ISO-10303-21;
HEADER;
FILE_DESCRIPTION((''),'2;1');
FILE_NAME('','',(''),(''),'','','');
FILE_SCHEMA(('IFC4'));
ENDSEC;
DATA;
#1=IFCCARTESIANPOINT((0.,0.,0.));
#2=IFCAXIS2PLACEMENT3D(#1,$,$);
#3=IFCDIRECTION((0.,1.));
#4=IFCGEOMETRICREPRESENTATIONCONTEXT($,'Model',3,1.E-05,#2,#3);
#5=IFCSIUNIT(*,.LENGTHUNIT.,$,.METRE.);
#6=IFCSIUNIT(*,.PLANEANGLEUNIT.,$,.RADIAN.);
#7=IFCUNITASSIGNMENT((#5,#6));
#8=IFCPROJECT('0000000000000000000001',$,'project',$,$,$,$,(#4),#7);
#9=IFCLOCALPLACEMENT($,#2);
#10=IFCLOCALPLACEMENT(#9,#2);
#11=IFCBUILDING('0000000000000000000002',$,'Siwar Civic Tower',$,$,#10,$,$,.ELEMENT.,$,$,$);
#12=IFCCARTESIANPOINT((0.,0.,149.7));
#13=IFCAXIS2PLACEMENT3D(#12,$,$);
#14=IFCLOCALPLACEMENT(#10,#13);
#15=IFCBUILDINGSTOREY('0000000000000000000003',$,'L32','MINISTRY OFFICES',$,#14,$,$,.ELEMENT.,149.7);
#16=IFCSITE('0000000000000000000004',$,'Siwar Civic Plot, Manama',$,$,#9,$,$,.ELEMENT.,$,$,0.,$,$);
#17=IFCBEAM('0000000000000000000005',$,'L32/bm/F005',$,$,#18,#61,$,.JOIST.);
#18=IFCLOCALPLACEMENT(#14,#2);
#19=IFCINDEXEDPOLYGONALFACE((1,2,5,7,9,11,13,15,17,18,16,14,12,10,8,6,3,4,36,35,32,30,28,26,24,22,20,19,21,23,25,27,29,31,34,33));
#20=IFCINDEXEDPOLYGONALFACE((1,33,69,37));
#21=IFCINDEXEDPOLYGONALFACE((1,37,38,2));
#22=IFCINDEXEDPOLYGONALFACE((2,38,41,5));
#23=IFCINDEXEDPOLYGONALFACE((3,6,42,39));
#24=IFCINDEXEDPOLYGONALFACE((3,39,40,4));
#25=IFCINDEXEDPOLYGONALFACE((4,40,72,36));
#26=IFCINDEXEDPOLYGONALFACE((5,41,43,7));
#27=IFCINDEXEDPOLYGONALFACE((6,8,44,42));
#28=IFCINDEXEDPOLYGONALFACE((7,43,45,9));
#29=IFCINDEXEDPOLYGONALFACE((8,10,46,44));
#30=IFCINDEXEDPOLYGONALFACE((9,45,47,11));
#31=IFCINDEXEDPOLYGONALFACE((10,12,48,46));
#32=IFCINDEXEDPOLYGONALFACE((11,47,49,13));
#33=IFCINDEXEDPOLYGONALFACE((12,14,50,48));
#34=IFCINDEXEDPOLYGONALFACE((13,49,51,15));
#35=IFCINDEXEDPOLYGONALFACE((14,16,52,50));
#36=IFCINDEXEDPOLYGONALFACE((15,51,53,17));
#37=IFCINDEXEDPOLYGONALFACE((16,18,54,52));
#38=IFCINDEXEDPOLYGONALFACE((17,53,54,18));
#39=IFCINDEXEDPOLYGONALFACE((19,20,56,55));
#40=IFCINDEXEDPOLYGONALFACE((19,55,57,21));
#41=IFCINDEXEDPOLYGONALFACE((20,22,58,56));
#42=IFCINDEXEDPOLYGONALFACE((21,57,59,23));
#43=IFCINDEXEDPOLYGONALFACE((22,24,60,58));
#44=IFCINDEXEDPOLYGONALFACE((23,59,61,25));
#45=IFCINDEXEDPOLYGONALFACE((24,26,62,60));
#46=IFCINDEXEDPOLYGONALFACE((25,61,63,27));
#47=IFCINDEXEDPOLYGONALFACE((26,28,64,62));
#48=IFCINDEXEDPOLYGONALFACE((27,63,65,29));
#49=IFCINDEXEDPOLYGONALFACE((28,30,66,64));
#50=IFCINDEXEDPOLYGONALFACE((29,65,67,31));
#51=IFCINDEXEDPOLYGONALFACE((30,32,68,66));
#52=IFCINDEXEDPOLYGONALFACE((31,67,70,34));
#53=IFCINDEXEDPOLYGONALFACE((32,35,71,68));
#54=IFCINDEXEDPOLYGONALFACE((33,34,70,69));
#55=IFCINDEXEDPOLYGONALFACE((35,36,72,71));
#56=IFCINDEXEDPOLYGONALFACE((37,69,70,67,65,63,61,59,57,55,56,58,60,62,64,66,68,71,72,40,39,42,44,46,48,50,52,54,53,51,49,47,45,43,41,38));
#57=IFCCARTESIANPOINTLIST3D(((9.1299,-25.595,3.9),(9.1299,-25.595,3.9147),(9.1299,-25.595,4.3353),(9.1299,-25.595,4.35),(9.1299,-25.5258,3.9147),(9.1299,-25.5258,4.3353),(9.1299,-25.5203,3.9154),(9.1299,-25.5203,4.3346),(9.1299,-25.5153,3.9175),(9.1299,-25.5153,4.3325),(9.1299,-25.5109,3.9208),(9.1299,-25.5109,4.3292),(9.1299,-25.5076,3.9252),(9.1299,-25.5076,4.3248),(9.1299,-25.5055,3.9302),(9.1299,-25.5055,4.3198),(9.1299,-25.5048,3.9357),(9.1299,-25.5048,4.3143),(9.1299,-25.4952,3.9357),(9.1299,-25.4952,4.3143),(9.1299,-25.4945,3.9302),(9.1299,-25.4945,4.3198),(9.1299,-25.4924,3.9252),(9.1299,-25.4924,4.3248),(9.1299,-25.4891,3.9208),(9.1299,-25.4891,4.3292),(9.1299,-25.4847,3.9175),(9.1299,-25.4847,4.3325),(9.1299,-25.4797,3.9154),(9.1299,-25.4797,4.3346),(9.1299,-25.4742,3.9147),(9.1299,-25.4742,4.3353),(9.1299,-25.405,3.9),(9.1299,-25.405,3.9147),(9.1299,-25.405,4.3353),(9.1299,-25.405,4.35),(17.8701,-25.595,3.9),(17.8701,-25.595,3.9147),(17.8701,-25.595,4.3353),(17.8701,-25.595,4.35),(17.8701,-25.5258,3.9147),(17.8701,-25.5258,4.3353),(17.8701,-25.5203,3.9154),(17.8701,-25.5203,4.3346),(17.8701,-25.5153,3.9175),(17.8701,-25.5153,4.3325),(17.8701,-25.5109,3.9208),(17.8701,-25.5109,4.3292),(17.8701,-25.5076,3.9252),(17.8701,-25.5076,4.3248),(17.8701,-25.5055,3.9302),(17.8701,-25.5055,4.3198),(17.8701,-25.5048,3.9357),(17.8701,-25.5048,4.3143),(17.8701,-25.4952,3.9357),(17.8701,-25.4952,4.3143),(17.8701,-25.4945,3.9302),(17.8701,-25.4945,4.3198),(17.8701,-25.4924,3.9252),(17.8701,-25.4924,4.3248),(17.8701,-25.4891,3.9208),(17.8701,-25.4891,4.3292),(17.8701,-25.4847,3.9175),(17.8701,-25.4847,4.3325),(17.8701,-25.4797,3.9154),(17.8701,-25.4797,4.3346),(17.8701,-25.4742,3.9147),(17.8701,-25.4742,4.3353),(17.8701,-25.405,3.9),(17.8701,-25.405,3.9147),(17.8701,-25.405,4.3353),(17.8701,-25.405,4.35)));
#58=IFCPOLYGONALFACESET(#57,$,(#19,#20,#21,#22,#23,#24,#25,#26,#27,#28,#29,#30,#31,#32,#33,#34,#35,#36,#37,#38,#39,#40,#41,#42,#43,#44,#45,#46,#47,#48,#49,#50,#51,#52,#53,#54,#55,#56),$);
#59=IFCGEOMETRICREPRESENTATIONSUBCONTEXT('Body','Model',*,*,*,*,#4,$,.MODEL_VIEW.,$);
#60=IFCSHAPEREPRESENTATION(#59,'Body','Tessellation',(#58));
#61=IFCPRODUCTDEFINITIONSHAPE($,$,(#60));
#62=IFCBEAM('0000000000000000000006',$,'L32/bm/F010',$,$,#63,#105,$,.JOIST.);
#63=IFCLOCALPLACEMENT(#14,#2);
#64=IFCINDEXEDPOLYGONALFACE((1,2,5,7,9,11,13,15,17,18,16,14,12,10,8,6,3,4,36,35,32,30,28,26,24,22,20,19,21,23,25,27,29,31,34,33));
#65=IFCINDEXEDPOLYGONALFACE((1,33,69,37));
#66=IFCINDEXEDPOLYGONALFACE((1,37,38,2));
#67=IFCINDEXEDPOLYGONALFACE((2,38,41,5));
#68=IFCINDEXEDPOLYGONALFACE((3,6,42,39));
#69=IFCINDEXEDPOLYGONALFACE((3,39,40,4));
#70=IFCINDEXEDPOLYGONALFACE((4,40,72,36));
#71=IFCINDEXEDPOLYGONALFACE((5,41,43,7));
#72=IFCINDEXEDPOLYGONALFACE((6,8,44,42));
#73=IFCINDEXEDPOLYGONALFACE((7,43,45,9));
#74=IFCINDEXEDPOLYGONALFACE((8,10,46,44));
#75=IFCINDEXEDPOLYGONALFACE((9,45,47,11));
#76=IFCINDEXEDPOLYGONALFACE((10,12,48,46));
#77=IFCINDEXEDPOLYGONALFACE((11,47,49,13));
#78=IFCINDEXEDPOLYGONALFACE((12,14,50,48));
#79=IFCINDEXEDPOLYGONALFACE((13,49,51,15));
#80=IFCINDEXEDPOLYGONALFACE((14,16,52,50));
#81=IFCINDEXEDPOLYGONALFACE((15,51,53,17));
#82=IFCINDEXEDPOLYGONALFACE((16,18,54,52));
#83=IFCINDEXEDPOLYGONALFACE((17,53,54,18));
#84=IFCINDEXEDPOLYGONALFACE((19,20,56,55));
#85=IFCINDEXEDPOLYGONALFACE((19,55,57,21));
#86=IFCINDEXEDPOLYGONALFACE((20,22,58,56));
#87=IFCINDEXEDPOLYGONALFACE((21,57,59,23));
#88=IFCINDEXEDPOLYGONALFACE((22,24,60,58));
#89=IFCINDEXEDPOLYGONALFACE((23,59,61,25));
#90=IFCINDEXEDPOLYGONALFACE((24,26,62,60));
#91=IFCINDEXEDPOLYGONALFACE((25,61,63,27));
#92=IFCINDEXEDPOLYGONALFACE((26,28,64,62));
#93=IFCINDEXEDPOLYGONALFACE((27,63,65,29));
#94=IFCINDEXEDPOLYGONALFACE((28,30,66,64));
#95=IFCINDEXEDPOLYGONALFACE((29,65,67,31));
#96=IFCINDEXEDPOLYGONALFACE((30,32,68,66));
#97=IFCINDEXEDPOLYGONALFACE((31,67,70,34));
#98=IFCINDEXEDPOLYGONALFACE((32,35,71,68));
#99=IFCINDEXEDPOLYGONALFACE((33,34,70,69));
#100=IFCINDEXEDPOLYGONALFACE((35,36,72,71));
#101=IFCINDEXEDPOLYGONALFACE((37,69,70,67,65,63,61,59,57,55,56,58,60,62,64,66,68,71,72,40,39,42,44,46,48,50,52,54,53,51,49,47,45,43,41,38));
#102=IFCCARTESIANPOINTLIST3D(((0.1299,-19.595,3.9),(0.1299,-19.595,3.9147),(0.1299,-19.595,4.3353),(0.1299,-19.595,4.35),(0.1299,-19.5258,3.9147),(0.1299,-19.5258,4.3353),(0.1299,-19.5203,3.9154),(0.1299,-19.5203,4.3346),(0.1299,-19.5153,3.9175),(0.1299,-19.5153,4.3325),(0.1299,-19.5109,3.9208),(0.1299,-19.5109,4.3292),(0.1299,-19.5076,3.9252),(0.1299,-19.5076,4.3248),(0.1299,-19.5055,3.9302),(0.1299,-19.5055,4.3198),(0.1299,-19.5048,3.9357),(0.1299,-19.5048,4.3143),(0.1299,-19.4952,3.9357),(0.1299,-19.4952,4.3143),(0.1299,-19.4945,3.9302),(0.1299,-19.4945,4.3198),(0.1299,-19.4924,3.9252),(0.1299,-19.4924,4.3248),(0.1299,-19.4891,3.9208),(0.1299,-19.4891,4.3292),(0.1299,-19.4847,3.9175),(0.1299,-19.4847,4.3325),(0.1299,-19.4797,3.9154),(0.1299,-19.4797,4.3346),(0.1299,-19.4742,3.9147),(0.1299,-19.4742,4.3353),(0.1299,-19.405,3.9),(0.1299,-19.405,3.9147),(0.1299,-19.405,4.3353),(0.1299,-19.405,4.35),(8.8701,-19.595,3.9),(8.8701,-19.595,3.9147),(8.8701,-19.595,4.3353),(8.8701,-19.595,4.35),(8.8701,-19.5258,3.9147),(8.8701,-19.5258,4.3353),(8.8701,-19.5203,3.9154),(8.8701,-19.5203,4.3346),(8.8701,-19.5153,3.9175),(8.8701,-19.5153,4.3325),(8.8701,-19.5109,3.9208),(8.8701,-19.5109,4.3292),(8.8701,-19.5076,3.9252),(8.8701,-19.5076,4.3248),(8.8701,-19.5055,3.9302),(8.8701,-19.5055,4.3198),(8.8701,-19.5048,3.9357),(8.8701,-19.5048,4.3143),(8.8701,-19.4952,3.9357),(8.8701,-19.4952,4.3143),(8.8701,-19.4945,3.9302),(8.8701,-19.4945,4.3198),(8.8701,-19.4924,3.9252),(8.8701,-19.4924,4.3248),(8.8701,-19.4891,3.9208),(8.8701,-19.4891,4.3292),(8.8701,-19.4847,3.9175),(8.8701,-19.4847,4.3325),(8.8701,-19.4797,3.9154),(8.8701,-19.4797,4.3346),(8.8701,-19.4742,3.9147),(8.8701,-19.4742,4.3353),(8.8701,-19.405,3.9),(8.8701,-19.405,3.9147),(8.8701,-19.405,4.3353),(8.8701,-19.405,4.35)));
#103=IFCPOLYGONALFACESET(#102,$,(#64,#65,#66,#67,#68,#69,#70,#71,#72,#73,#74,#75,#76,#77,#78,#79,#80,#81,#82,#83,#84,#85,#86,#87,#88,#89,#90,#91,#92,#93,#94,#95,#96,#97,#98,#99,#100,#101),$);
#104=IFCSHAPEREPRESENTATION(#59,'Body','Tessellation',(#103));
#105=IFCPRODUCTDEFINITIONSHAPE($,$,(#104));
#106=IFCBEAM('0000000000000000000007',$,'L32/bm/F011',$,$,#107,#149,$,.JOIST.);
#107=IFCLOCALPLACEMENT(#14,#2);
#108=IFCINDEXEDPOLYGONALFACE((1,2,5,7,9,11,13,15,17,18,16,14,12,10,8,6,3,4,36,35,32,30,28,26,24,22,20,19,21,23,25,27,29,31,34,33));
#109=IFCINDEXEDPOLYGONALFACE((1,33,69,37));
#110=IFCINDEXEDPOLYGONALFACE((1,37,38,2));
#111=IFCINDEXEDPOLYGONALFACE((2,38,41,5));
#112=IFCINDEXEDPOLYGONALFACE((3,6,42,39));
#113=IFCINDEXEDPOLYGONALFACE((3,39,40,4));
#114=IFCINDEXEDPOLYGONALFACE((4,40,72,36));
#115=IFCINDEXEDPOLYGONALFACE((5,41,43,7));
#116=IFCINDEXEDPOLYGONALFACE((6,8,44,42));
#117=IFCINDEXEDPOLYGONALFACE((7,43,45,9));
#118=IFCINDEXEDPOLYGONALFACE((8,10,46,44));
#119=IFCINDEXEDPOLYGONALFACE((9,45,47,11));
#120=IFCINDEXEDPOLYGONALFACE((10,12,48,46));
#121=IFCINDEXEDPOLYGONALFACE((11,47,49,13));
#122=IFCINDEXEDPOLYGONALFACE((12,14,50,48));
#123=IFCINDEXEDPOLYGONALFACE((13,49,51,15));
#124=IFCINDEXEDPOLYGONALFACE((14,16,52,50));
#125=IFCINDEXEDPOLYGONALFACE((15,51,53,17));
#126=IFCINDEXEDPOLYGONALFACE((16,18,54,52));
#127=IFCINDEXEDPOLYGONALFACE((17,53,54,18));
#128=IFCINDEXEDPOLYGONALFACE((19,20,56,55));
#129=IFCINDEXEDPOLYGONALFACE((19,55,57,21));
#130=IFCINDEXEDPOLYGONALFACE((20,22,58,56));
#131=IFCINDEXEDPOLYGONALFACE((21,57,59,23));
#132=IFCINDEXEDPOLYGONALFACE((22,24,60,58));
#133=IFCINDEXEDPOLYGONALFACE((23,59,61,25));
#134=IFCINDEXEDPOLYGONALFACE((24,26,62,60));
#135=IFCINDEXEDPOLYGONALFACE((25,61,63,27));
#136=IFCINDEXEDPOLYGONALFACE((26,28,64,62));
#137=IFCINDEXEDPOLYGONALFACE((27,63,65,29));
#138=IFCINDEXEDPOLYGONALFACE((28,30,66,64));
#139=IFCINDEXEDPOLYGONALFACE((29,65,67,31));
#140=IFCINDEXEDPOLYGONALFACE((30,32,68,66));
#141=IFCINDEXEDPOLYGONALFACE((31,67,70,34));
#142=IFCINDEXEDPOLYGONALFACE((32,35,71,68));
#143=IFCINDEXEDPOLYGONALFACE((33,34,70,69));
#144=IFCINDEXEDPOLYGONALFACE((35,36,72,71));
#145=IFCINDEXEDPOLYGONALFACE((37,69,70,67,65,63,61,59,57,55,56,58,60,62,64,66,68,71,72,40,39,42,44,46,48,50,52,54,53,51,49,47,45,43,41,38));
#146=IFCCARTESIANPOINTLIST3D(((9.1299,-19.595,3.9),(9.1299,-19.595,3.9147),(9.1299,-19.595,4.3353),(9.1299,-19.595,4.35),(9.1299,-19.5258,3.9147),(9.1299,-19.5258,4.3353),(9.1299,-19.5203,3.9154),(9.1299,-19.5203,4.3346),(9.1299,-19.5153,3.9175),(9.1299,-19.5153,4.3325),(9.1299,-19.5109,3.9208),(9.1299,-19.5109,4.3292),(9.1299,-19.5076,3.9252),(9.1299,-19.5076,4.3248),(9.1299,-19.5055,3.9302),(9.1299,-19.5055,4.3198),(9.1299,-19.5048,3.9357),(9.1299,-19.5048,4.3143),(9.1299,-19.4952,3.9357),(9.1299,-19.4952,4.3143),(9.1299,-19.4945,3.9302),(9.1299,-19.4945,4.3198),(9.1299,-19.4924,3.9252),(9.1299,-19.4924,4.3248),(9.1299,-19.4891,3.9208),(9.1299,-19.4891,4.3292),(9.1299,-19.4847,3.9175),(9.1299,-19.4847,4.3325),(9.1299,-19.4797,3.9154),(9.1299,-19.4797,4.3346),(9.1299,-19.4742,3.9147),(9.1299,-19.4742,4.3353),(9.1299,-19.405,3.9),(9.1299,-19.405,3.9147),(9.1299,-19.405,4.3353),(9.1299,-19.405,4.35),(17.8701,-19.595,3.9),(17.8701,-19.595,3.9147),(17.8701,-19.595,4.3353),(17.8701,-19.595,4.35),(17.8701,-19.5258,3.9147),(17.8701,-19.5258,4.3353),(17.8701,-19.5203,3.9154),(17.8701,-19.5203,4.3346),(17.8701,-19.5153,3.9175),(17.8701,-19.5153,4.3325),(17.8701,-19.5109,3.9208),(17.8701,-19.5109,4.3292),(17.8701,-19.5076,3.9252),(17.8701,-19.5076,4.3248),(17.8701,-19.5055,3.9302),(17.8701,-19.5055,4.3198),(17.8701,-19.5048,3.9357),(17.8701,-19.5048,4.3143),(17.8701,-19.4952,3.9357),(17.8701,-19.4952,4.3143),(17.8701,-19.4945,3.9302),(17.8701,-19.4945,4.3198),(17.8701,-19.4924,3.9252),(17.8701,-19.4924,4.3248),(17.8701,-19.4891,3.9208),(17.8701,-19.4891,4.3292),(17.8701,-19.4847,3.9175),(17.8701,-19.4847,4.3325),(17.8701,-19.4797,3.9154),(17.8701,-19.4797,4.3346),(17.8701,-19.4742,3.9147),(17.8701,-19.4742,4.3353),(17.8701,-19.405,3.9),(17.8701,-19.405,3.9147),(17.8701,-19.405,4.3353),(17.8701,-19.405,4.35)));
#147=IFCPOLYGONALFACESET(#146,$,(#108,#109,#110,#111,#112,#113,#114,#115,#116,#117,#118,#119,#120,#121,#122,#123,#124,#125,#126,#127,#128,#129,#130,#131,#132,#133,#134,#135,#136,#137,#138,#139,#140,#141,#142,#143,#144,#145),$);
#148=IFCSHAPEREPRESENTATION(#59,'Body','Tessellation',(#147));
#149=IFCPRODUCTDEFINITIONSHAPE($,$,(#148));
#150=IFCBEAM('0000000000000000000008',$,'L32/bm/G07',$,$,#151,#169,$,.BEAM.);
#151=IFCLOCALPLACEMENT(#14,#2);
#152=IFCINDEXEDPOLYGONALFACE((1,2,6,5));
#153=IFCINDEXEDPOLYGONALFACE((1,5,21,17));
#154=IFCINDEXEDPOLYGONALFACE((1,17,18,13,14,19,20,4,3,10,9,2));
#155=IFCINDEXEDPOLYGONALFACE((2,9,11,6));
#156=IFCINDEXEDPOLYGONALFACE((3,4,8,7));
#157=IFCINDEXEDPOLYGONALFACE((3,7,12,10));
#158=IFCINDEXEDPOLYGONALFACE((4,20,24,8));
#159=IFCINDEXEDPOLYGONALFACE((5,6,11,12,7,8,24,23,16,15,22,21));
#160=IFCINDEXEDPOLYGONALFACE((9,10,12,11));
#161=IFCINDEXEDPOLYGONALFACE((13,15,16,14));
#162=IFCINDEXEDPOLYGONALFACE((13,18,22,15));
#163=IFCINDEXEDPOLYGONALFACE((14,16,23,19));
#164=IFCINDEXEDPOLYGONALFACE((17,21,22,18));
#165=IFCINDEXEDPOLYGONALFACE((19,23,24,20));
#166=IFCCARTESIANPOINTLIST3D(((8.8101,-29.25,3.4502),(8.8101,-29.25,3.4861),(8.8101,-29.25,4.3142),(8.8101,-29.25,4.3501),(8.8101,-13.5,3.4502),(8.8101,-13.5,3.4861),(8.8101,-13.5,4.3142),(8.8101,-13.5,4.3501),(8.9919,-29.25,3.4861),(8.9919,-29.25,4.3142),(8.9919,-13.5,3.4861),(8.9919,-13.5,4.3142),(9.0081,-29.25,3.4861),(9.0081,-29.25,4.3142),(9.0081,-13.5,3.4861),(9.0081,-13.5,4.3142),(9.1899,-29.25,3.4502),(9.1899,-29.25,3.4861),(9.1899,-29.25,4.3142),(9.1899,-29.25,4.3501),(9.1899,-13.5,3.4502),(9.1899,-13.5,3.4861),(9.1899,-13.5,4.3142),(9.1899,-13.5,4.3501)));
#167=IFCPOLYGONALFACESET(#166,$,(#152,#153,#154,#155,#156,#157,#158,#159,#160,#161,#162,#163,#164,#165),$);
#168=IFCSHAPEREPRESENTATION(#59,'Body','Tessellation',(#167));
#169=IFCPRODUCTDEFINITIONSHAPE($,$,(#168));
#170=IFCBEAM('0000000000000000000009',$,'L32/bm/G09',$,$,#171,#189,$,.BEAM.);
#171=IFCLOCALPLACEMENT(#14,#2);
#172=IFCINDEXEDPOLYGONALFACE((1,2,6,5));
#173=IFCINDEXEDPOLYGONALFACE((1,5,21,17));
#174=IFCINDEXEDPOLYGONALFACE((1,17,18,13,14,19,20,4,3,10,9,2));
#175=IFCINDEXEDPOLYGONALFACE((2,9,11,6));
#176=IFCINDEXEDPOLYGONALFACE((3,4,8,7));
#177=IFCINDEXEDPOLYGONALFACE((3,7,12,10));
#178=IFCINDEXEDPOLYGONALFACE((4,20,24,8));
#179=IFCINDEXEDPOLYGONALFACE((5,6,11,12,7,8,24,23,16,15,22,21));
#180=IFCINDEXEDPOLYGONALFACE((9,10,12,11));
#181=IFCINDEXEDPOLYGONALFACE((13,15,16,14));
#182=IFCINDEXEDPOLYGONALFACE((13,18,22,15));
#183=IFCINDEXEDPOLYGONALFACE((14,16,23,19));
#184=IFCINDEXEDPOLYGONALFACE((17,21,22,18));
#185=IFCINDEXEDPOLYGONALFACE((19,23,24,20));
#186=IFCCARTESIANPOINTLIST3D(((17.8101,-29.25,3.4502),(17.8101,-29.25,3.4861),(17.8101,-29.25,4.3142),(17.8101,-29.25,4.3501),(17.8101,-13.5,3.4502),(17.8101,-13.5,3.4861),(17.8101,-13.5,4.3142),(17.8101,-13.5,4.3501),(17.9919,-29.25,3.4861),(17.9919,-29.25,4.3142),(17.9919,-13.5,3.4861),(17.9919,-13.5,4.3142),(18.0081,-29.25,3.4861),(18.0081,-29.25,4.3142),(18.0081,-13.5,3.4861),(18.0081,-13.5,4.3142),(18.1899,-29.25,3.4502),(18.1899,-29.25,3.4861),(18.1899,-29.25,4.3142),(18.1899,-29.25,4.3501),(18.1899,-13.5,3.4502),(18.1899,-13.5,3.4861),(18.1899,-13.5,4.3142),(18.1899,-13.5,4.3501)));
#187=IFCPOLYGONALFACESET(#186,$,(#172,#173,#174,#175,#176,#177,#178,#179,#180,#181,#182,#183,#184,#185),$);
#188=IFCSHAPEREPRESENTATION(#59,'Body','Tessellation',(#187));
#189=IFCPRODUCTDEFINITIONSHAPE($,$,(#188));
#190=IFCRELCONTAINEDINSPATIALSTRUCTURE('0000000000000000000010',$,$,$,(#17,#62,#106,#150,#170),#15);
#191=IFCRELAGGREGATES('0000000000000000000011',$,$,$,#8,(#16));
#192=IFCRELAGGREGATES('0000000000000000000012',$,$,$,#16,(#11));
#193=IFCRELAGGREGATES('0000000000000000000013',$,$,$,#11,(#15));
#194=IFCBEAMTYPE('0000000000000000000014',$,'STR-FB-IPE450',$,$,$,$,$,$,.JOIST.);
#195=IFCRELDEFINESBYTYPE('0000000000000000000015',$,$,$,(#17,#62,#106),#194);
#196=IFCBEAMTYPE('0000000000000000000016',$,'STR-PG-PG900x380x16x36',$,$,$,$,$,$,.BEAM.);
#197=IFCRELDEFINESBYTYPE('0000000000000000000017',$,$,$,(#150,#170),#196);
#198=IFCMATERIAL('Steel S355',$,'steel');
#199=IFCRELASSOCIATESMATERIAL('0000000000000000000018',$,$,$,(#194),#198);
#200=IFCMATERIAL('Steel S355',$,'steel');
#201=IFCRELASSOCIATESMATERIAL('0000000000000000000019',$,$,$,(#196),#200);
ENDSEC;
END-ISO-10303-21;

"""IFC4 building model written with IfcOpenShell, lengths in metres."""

from ifc_helpers import new_model, si_unit, direction, frame, origin, origin_2d, place, context, subcontext, project, spatial, i_section, extrude, material, material_profile, profile_set, type_object, element, save


model = new_model("IFC4")

# Units and contexts
model_context = context("Model", 3, precision=1e-05, world=origin(), true_north=direction((0.0, 1.0)))
body_context = subcontext(model_context, "Body", "Model", "MODEL_VIEW")
ifc_project = project(units=[si_unit("LENGTHUNIT", "METRE"), si_unit("PLANEANGLEUNIT", "RADIAN")], contexts=[model_context])

# Site, building, storey
site_placement = place(None, origin())
site = spatial("IfcSite", under=ifc_project, at=site_placement, Name="Siwar Civic Plot, Manama", CompositionType="ELEMENT", RefElevation=0.0)
building_placement = place(site_placement, origin())
building = spatial("IfcBuilding", under=site, at=building_placement, Name="Siwar Civic Tower", CompositionType="ELEMENT")
storey_placement = place(building_placement, frame((0.0, 0.0, 149.7)))
storey = spatial("IfcBuildingStorey", under=building, at=storey_placement, Name="L32", Description="MINISTRY OFFICES", CompositionType="ELEMENT", Elevation=149.7)

# Beams
ifc_material_1 = material(Name="Steel S355", Category="steel")
ifc_material_profile_1 = material_profile(ifc_material_1, i_section(OverallWidth=0.1899, OverallDepth=0.45, WebThickness=0.0095, FlangeThickness=0.0146, FilletRadius=0.021, at=origin_2d()), Name="IPE450")
ifc_profile_set_1 = profile_set([ifc_material_profile_1], Name="Steel S355")
beam_type_1 = type_object("IfcBeamType", Name="STR-FB-IPE450", PredefinedType="JOIST", material=ifc_profile_set_1)
for number, where, z_axis, x_axis, name in (
    (1, (9.1299, -25.5, 4.125), (1.0, 0.0, 0.0), (0.0, 1.0, 0.0), "L32/bm/F005"),
    (2, (0.1299, -19.5, 4.125), (1.0, 0.0, 0.0), (0.0, 1.0, 0.0), "L32/bm/F010"),
    (3, (9.1299, -19.5, 4.125), (1.0, 0.0, 0.0), (0.0, 1.0, 0.0), "L32/bm/F011"),
):
    element("IfcBeam", number, at=place(storey_placement, frame(where, z_axis=z_axis, x_axis=x_axis)), inside=storey, type_object=beam_type_1, Name=name, PredefinedType="JOIST", context=body_context, shape_type="SweptSolid", body=[
        extrude(i_section(OverallWidth=0.1899, OverallDepth=0.45, WebThickness=0.0095, FlangeThickness=0.0146, FilletRadius=0.021, at=origin_2d()), origin(), (0.0, 0.0, 1.0), 8.7402),
    ])
ifc_material_2 = material(Name="Steel S355", Category="steel")
ifc_material_profile_2 = material_profile(ifc_material_2, i_section(OverallWidth=0.3799, OverallDepth=0.8999, WebThickness=0.0161, FlangeThickness=0.0359, at=origin_2d()), Name="PG900x380x16x36")
ifc_profile_set_2 = profile_set([ifc_material_profile_2], Name="Steel S355")
beam_type_2 = type_object("IfcBeamType", Name="STR-PG-PG900x380x16x36", PredefinedType="BEAM", material=ifc_profile_set_2)
for number, where, z_axis, x_axis, name in (
    (4, (9.0, -29.25, 3.9001), (0.0, 1.0, 0.0), (-1.0, 0.0, 0.0), "L32/bm/G07"),
    (5, (18.0, -29.25, 3.9001), (0.0, 1.0, 0.0), (-1.0, 0.0, 0.0), "L32/bm/G09"),
):
    element("IfcBeam", number, at=place(storey_placement, frame(where, z_axis=z_axis, x_axis=x_axis)), inside=storey, type_object=beam_type_2, Name=name, PredefinedType="BEAM", context=body_context, shape_type="SweptSolid", body=[
        extrude(i_section(OverallWidth=0.3799, OverallDepth=0.8999, WebThickness=0.0161, FlangeThickness=0.0359, at=origin_2d()), origin(), (0.0, 0.0, 1.0), 15.75),
    ])

save(model, "model.ifc")
